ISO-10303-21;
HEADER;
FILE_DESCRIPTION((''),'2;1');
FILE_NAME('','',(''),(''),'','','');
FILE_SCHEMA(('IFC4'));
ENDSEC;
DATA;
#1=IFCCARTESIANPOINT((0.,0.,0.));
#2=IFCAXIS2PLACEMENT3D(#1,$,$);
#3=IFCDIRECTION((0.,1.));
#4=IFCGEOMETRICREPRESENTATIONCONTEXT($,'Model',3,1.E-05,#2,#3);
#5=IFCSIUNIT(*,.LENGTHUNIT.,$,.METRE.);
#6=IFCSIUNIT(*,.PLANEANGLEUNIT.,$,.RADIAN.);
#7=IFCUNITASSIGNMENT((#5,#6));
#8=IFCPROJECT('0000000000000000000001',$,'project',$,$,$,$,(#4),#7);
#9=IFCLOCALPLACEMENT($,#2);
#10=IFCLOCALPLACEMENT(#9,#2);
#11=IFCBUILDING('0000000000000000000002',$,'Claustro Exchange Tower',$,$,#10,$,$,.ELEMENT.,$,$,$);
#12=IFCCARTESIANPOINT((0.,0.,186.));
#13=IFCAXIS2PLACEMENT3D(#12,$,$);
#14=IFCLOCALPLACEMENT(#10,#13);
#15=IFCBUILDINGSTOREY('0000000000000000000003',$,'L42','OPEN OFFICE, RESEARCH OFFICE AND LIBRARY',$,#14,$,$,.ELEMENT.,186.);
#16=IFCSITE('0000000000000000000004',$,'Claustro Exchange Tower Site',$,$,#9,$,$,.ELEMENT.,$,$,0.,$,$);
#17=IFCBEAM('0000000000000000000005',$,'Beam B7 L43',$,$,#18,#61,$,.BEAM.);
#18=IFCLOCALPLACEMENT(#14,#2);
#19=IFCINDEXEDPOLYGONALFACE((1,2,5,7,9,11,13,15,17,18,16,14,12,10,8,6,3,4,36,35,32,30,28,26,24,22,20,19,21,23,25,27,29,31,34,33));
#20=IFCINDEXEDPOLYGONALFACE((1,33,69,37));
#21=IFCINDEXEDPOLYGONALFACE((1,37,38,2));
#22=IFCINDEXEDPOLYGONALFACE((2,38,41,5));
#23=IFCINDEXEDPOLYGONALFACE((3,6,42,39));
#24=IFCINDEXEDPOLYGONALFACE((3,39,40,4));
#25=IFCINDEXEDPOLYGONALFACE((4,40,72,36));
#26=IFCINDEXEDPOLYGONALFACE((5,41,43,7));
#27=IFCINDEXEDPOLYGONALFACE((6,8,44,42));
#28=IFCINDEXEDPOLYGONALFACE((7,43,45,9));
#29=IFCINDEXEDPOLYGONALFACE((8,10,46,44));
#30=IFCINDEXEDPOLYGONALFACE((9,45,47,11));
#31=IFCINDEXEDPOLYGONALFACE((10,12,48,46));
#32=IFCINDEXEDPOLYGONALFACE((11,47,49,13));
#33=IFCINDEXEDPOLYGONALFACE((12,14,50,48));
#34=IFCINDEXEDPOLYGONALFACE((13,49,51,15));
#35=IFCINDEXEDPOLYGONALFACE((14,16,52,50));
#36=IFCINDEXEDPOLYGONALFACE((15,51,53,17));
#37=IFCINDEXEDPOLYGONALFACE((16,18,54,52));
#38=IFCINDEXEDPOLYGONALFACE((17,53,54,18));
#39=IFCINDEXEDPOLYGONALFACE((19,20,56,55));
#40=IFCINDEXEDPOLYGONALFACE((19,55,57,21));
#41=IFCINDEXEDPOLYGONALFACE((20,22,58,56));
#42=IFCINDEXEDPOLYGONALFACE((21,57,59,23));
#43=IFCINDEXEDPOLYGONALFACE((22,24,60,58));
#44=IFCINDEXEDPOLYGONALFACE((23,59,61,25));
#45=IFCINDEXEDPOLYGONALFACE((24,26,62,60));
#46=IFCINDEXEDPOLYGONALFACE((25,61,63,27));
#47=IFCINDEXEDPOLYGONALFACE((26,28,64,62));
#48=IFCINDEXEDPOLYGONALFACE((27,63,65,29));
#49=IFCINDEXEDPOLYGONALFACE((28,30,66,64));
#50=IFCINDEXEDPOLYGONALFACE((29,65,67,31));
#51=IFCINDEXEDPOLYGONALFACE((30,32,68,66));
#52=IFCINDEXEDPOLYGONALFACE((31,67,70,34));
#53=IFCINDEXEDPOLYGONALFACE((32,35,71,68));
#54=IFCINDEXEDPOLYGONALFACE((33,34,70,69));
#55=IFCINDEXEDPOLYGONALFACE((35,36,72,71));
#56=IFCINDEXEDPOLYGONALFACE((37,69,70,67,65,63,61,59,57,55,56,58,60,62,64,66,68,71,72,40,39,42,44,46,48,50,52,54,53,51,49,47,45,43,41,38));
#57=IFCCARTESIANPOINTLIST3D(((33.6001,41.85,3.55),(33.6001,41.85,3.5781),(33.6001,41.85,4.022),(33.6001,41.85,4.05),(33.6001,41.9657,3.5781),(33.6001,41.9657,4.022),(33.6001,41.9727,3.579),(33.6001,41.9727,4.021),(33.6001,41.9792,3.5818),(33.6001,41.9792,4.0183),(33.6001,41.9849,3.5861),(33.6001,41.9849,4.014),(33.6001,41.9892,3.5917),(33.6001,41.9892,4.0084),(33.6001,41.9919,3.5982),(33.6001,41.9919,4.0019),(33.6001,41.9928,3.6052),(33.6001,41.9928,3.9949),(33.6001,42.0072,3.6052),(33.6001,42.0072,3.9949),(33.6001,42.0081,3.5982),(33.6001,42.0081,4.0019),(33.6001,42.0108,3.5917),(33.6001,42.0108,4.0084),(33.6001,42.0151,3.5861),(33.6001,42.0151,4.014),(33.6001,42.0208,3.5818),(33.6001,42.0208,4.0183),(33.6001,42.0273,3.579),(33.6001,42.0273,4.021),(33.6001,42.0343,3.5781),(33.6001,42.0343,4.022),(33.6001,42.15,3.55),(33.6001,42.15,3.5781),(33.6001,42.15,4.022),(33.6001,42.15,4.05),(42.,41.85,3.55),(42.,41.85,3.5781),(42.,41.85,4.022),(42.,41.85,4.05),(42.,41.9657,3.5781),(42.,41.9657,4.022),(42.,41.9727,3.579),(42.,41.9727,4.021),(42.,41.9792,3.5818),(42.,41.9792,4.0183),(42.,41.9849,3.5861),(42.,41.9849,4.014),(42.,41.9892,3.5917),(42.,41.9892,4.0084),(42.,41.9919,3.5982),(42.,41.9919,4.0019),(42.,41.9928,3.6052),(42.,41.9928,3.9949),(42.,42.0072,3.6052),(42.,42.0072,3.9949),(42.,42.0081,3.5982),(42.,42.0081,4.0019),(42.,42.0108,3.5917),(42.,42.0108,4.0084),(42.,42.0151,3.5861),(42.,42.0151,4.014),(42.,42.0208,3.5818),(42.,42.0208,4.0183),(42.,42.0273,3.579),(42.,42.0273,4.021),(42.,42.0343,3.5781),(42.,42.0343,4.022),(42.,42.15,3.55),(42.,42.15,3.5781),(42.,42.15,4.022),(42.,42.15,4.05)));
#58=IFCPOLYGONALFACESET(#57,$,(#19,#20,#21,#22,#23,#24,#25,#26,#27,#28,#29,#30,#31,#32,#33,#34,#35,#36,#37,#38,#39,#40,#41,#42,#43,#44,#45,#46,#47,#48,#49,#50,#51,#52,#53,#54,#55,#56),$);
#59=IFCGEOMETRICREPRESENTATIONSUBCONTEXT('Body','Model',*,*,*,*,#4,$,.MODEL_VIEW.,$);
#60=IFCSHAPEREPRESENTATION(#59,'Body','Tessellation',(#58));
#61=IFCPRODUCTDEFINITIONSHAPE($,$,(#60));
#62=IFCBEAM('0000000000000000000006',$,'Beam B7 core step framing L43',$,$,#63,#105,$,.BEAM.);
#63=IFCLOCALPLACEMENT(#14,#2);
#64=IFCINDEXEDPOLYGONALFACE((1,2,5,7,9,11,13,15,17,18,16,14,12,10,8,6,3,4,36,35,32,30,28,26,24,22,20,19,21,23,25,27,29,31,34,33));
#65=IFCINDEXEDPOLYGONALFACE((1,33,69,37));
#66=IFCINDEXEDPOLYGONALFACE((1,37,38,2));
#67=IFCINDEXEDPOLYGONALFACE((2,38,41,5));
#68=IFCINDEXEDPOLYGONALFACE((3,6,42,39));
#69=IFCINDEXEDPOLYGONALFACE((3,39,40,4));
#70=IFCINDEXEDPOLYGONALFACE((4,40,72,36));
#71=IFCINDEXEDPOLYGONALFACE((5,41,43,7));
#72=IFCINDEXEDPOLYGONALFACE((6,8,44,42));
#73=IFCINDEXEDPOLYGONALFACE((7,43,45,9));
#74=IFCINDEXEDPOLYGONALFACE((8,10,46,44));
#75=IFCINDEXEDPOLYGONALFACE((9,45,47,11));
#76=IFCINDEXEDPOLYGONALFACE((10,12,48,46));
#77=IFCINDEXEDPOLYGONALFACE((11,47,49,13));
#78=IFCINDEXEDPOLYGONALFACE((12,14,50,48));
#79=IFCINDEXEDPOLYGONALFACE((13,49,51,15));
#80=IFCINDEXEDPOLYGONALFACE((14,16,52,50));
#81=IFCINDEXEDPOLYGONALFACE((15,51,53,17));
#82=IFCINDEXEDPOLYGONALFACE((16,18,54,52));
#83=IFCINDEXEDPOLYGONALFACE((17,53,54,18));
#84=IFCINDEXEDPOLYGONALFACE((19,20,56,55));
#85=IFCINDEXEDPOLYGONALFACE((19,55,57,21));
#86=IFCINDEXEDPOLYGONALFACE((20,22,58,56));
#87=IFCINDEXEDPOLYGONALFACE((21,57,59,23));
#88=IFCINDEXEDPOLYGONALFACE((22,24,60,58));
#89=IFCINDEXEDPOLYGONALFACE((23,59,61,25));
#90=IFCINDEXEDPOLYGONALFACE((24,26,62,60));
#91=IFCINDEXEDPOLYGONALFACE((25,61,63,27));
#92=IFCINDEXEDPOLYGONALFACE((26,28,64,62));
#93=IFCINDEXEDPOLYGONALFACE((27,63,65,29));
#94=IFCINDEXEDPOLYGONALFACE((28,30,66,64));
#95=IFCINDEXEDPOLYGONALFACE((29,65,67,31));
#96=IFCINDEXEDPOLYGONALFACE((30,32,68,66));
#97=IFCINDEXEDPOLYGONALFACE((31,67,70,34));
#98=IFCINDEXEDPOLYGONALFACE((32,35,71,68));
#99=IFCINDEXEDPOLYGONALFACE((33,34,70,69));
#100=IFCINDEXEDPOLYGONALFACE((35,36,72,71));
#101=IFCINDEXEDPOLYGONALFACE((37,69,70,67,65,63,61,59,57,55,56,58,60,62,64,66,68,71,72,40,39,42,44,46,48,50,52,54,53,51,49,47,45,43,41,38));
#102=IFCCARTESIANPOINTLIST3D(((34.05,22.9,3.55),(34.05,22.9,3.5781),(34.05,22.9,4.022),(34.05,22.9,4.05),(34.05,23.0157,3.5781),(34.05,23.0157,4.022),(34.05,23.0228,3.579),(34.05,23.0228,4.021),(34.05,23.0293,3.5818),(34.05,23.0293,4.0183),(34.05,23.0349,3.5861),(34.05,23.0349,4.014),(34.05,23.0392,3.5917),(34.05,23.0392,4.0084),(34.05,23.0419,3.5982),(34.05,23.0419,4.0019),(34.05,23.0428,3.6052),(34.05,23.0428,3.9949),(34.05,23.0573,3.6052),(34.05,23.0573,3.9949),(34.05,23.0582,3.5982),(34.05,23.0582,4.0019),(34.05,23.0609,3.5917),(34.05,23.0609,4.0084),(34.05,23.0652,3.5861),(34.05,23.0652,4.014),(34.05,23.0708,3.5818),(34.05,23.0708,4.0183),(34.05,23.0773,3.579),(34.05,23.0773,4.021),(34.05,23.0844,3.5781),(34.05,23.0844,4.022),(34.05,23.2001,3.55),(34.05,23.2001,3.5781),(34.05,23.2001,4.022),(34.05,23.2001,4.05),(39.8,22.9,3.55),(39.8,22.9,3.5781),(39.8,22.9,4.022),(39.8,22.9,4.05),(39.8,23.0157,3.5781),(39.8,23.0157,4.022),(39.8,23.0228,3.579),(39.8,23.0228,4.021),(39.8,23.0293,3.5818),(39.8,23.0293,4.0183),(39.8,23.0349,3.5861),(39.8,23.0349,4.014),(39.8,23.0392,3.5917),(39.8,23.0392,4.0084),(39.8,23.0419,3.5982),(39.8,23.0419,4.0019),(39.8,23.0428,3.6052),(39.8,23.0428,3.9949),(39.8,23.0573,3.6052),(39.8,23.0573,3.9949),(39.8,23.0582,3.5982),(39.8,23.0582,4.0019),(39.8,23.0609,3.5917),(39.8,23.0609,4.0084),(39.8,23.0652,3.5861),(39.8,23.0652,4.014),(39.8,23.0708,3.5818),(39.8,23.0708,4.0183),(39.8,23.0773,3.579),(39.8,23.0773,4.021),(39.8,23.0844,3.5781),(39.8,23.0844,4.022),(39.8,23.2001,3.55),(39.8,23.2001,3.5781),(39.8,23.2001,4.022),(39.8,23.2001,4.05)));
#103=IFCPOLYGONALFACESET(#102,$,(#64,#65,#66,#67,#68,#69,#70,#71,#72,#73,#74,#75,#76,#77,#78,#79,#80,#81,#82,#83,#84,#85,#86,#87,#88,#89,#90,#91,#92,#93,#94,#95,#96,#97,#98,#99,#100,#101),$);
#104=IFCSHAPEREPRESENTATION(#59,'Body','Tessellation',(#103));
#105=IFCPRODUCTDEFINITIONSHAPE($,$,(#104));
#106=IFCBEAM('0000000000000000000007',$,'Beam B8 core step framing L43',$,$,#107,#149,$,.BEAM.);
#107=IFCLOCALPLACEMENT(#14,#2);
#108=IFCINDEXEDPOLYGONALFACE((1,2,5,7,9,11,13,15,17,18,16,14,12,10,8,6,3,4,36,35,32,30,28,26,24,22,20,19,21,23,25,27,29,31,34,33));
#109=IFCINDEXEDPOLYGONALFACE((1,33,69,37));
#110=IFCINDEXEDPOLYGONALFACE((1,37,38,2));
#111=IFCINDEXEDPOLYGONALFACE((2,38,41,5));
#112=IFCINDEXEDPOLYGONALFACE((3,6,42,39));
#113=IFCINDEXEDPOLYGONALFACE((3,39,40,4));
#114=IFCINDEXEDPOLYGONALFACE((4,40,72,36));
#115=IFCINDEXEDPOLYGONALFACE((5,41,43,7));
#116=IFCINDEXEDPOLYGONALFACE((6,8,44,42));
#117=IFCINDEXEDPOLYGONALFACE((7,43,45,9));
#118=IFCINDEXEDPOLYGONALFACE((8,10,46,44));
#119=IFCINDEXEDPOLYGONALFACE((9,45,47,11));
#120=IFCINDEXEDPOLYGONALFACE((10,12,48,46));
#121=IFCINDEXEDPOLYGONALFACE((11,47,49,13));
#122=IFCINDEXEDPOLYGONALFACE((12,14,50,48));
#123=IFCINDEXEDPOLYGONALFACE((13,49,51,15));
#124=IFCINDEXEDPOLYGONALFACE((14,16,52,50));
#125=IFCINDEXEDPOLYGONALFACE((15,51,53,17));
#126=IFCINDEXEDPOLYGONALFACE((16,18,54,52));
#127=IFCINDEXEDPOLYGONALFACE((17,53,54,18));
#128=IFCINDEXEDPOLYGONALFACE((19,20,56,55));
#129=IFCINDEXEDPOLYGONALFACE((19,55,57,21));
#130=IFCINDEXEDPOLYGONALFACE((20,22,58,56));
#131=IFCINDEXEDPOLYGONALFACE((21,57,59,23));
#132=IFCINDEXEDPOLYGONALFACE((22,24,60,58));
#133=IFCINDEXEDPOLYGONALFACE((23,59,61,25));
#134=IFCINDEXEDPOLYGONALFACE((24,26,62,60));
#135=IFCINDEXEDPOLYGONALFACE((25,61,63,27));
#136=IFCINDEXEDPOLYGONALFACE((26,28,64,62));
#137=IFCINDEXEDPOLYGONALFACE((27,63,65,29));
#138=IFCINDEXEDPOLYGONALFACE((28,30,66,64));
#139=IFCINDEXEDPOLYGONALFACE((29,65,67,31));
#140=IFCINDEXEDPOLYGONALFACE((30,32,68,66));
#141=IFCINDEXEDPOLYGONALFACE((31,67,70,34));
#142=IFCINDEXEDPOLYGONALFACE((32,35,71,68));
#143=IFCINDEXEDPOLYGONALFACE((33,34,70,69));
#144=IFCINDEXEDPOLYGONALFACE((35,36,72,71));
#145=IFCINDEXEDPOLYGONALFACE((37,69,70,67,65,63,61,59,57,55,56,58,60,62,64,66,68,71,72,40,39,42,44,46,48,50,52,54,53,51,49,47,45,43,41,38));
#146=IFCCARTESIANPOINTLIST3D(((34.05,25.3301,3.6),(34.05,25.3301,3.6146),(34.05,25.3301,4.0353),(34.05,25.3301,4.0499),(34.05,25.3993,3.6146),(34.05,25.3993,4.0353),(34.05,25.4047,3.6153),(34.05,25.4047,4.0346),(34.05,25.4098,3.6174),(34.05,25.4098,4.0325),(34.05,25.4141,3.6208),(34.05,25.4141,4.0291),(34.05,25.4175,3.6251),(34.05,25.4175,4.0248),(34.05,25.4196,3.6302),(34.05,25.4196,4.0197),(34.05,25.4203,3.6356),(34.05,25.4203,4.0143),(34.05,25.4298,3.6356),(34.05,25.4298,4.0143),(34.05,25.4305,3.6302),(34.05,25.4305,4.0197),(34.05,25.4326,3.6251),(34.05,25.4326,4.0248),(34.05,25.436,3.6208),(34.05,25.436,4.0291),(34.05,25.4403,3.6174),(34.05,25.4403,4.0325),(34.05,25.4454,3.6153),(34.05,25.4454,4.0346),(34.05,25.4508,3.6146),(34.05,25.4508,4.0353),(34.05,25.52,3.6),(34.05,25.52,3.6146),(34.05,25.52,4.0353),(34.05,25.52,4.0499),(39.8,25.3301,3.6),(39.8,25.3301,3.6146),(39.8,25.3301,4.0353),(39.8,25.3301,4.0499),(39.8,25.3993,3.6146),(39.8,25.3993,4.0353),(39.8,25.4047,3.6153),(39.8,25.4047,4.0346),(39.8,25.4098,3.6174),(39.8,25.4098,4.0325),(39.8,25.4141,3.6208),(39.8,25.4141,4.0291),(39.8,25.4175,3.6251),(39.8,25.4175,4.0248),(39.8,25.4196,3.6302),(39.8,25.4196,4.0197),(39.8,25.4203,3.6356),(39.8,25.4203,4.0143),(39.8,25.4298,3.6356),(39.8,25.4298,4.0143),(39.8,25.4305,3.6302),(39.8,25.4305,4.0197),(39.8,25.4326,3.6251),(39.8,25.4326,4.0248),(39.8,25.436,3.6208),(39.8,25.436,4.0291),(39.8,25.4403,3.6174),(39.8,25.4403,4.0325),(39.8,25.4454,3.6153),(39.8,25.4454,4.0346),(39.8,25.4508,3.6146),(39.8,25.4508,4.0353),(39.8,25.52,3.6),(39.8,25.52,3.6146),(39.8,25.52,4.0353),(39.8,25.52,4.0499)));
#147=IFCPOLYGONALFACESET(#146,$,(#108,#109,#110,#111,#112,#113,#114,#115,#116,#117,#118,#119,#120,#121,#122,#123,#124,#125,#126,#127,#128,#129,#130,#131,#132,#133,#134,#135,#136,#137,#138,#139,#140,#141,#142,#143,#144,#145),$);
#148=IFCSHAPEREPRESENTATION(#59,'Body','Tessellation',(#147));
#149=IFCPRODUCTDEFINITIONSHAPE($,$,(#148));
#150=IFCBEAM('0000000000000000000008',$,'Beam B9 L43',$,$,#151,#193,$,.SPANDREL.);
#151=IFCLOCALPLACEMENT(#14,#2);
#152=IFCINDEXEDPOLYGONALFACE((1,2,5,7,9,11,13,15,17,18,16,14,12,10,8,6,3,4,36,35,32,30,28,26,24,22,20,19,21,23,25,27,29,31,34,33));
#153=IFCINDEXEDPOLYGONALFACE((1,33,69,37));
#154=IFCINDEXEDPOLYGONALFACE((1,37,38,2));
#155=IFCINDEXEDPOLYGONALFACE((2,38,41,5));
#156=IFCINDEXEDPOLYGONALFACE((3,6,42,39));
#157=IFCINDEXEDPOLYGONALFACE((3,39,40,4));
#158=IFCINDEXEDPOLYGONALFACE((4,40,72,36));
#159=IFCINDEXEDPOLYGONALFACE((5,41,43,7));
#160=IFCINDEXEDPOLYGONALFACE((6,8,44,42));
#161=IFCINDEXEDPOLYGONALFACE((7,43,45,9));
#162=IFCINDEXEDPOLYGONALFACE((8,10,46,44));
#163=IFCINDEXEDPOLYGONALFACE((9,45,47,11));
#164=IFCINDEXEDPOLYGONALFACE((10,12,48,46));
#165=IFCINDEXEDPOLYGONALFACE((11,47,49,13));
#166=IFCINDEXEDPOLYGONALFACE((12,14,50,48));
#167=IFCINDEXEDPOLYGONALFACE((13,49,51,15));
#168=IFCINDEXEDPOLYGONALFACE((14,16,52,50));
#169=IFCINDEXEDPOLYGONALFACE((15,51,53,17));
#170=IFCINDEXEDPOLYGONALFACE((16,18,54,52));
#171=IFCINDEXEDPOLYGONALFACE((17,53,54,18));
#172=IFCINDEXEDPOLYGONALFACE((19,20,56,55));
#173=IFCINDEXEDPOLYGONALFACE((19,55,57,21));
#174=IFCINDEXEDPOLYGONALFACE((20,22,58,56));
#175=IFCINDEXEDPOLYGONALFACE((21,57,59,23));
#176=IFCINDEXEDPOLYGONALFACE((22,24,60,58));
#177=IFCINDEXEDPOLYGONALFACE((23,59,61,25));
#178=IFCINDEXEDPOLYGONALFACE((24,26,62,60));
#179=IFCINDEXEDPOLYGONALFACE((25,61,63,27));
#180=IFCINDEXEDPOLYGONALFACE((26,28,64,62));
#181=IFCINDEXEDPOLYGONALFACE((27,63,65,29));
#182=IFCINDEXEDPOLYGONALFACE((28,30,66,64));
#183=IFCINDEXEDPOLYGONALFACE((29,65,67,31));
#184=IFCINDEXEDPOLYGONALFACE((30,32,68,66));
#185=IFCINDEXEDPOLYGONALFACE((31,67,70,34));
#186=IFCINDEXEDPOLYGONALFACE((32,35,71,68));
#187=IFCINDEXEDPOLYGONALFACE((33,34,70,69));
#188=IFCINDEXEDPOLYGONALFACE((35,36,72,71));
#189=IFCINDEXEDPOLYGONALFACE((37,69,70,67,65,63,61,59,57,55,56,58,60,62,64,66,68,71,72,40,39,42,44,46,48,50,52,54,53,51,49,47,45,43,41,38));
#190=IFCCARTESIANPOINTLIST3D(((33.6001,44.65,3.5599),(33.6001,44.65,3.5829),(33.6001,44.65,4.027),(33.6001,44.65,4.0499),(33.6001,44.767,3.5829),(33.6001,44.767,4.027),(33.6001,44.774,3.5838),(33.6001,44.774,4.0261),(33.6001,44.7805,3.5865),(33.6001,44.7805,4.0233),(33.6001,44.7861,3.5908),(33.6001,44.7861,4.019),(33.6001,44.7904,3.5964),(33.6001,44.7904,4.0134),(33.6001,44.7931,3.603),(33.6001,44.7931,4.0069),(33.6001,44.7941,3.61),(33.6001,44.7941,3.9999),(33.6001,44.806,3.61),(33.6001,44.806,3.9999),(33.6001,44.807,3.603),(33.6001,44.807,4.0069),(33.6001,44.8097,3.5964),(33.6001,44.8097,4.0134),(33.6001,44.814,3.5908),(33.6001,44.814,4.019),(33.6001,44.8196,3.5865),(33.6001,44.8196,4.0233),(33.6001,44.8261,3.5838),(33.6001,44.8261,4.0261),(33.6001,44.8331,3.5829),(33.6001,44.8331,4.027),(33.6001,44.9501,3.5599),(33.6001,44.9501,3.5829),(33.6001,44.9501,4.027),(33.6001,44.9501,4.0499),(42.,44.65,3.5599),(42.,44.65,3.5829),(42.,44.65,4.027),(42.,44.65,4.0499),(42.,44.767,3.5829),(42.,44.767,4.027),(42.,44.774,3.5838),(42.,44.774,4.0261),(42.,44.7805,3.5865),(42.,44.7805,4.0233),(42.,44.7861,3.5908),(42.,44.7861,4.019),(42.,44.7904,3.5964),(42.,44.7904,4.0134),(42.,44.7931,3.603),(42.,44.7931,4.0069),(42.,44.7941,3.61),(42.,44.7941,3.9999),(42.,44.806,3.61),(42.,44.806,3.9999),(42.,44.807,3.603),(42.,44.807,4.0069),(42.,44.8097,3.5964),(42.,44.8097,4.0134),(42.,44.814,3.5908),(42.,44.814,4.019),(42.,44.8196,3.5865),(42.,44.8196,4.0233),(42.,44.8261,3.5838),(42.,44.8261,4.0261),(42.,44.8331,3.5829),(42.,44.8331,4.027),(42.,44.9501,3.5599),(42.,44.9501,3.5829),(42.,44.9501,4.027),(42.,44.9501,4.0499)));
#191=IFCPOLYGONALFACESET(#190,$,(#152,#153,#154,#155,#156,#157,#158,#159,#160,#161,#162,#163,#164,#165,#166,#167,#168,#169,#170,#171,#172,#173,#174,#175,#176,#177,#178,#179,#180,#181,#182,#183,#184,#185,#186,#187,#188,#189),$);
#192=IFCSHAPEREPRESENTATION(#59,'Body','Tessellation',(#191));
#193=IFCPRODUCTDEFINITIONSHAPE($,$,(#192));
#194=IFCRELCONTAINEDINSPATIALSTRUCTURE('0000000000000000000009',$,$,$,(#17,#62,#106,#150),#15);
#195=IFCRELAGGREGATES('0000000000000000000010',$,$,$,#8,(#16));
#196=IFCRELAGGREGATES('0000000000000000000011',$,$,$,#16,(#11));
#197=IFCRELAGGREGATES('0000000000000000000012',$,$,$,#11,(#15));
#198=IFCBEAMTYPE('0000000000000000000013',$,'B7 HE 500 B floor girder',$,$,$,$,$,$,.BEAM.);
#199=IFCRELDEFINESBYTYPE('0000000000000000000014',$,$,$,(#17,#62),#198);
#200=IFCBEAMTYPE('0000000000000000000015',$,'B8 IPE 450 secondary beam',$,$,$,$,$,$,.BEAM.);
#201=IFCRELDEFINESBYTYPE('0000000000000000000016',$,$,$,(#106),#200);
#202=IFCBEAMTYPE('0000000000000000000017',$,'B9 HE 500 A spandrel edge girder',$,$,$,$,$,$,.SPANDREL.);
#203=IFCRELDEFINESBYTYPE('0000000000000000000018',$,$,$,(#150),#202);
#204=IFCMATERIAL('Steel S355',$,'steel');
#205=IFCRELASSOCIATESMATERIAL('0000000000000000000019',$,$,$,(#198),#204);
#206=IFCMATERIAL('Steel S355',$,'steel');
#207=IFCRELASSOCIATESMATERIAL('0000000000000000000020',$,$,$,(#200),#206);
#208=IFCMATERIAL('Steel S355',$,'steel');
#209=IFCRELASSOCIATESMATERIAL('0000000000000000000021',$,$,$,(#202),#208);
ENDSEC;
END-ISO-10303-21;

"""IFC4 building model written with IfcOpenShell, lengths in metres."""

from ifc_helpers import new_model, si_unit, direction, frame, origin, origin_2d, place, context, subcontext, project, spatial, i_section, extrude, material, material_profile, profile_set, type_object, element, save


model = new_model("IFC4")

# Units and contexts
model_context = context("Model", 3, precision=1e-05, world=origin(), true_north=direction((0.0, 1.0)))
body_context = subcontext(model_context, "Body", "Model", "MODEL_VIEW")
ifc_project = project(units=[si_unit("LENGTHUNIT", "METRE"), si_unit("PLANEANGLEUNIT", "RADIAN")], contexts=[model_context])

# Site, building, storey
site_placement = place(None, origin())
site = spatial("IfcSite", under=ifc_project, at=site_placement, Name="Claustro Exchange Tower Site", CompositionType="ELEMENT", RefElevation=0.0)
building_placement = place(site_placement, origin())
building = spatial("IfcBuilding", under=site, at=building_placement, Name="Claustro Exchange Tower", CompositionType="ELEMENT")
storey_placement = place(building_placement, frame((0.0, 0.0, 186.0)))
storey = spatial("IfcBuildingStorey", under=building, at=storey_placement, Name="L42", Description="OPEN OFFICE, RESEARCH OFFICE AND LIBRARY", CompositionType="ELEMENT", Elevation=186.0)

# Beams
ifc_material_1 = material(Name="Steel S355", Category="steel")
ifc_material_profile_1 = material_profile(ifc_material_1, i_section(OverallWidth=0.3, OverallDepth=0.5, WebThickness=0.0144, FlangeThickness=0.0281, FilletRadius=0.0271, at=origin_2d()), Name="HE 500 B")
ifc_profile_set_1 = profile_set([ifc_material_profile_1], Name="Steel S355")
beam_type_1 = type_object("IfcBeamType", Name="B7 HE 500 B floor girder", PredefinedType="BEAM", material=ifc_profile_set_1)
beam_1_placement = place(storey_placement, frame((33.6001, 42.0, 3.8), z_axis=(1.0, 0.0, 0.0), x_axis=(0.0, 1.0, 0.0)))
element("IfcBeam", 1, at=beam_1_placement, inside=storey, type_object=beam_type_1, Name="Beam B7 L43", PredefinedType="BEAM", context=body_context, shape_type="SweptSolid", body=[
    extrude(i_section(OverallWidth=0.3, OverallDepth=0.5, WebThickness=0.0144, FlangeThickness=0.0281, FilletRadius=0.0271, at=origin_2d()), origin(), (0.0, 0.0, 1.0), 8.3999),
])
beam_2_placement = place(storey_placement, frame((34.05, 23.05, 3.8), z_axis=(1.0, 0.0, 0.0), x_axis=(0.0, 1.0, 0.0)))
element("IfcBeam", 2, at=beam_2_placement, inside=storey, type_object=beam_type_1, Name="Beam B7 core step framing L43", PredefinedType="BEAM", context=body_context, shape_type="SweptSolid", body=[
    extrude(i_section(OverallWidth=0.3, OverallDepth=0.5, WebThickness=0.0144, FlangeThickness=0.0281, FilletRadius=0.0271, at=origin_2d()), origin(), (0.0, 0.0, 1.0), 5.75),
])
ifc_material_2 = material(Name="Steel S355", Category="steel")
ifc_material_profile_2 = material_profile(ifc_material_2, i_section(OverallWidth=0.1899, OverallDepth=0.45, WebThickness=0.0095, FlangeThickness=0.0146, FilletRadius=0.021, at=origin_2d()), Name="IPE 450")
ifc_profile_set_2 = profile_set([ifc_material_profile_2], Name="Steel S355")
beam_type_2 = type_object("IfcBeamType", Name="B8 IPE 450 secondary beam", PredefinedType="BEAM", material=ifc_profile_set_2)
beam_3_placement = place(storey_placement, frame((34.05, 25.425, 3.825), z_axis=(1.0, 0.0, 0.0), x_axis=(0.0, 1.0, 0.0)))
element("IfcBeam", 3, at=beam_3_placement, inside=storey, type_object=beam_type_2, Name="Beam B8 core step framing L43", PredefinedType="BEAM", context=body_context, shape_type="SweptSolid", body=[
    extrude(i_section(OverallWidth=0.1899, OverallDepth=0.45, WebThickness=0.0095, FlangeThickness=0.0146, FilletRadius=0.021, at=origin_2d()), origin(), (0.0, 0.0, 1.0), 5.75),
])
ifc_material_3 = material(Name="Steel S355", Category="steel")
ifc_material_profile_3 = material_profile(ifc_material_3, i_section(OverallWidth=0.3, OverallDepth=0.49, WebThickness=0.012, FlangeThickness=0.0229, FilletRadius=0.0271, at=origin_2d()), Name="HE 500 A")
ifc_profile_set_3 = profile_set([ifc_material_profile_3], Name="Steel S355")
beam_type_3 = type_object("IfcBeamType", Name="B9 HE 500 A spandrel edge girder", PredefinedType="SPANDREL", material=ifc_profile_set_3)
beam_4_placement = place(storey_placement, frame((33.6001, 44.8, 3.8049), z_axis=(1.0, 0.0, 0.0), x_axis=(0.0, 1.0, 0.0)))
element("IfcBeam", 4, at=beam_4_placement, inside=storey, type_object=beam_type_3, Name="Beam B9 L43", PredefinedType="SPANDREL", context=body_context, shape_type="SweptSolid", body=[
    extrude(i_section(OverallWidth=0.3, OverallDepth=0.49, WebThickness=0.012, FlangeThickness=0.0229, FilletRadius=0.0271, at=origin_2d()), origin(), (0.0, 0.0, 1.0), 8.3999),
])

save(model, "model.ifc")
